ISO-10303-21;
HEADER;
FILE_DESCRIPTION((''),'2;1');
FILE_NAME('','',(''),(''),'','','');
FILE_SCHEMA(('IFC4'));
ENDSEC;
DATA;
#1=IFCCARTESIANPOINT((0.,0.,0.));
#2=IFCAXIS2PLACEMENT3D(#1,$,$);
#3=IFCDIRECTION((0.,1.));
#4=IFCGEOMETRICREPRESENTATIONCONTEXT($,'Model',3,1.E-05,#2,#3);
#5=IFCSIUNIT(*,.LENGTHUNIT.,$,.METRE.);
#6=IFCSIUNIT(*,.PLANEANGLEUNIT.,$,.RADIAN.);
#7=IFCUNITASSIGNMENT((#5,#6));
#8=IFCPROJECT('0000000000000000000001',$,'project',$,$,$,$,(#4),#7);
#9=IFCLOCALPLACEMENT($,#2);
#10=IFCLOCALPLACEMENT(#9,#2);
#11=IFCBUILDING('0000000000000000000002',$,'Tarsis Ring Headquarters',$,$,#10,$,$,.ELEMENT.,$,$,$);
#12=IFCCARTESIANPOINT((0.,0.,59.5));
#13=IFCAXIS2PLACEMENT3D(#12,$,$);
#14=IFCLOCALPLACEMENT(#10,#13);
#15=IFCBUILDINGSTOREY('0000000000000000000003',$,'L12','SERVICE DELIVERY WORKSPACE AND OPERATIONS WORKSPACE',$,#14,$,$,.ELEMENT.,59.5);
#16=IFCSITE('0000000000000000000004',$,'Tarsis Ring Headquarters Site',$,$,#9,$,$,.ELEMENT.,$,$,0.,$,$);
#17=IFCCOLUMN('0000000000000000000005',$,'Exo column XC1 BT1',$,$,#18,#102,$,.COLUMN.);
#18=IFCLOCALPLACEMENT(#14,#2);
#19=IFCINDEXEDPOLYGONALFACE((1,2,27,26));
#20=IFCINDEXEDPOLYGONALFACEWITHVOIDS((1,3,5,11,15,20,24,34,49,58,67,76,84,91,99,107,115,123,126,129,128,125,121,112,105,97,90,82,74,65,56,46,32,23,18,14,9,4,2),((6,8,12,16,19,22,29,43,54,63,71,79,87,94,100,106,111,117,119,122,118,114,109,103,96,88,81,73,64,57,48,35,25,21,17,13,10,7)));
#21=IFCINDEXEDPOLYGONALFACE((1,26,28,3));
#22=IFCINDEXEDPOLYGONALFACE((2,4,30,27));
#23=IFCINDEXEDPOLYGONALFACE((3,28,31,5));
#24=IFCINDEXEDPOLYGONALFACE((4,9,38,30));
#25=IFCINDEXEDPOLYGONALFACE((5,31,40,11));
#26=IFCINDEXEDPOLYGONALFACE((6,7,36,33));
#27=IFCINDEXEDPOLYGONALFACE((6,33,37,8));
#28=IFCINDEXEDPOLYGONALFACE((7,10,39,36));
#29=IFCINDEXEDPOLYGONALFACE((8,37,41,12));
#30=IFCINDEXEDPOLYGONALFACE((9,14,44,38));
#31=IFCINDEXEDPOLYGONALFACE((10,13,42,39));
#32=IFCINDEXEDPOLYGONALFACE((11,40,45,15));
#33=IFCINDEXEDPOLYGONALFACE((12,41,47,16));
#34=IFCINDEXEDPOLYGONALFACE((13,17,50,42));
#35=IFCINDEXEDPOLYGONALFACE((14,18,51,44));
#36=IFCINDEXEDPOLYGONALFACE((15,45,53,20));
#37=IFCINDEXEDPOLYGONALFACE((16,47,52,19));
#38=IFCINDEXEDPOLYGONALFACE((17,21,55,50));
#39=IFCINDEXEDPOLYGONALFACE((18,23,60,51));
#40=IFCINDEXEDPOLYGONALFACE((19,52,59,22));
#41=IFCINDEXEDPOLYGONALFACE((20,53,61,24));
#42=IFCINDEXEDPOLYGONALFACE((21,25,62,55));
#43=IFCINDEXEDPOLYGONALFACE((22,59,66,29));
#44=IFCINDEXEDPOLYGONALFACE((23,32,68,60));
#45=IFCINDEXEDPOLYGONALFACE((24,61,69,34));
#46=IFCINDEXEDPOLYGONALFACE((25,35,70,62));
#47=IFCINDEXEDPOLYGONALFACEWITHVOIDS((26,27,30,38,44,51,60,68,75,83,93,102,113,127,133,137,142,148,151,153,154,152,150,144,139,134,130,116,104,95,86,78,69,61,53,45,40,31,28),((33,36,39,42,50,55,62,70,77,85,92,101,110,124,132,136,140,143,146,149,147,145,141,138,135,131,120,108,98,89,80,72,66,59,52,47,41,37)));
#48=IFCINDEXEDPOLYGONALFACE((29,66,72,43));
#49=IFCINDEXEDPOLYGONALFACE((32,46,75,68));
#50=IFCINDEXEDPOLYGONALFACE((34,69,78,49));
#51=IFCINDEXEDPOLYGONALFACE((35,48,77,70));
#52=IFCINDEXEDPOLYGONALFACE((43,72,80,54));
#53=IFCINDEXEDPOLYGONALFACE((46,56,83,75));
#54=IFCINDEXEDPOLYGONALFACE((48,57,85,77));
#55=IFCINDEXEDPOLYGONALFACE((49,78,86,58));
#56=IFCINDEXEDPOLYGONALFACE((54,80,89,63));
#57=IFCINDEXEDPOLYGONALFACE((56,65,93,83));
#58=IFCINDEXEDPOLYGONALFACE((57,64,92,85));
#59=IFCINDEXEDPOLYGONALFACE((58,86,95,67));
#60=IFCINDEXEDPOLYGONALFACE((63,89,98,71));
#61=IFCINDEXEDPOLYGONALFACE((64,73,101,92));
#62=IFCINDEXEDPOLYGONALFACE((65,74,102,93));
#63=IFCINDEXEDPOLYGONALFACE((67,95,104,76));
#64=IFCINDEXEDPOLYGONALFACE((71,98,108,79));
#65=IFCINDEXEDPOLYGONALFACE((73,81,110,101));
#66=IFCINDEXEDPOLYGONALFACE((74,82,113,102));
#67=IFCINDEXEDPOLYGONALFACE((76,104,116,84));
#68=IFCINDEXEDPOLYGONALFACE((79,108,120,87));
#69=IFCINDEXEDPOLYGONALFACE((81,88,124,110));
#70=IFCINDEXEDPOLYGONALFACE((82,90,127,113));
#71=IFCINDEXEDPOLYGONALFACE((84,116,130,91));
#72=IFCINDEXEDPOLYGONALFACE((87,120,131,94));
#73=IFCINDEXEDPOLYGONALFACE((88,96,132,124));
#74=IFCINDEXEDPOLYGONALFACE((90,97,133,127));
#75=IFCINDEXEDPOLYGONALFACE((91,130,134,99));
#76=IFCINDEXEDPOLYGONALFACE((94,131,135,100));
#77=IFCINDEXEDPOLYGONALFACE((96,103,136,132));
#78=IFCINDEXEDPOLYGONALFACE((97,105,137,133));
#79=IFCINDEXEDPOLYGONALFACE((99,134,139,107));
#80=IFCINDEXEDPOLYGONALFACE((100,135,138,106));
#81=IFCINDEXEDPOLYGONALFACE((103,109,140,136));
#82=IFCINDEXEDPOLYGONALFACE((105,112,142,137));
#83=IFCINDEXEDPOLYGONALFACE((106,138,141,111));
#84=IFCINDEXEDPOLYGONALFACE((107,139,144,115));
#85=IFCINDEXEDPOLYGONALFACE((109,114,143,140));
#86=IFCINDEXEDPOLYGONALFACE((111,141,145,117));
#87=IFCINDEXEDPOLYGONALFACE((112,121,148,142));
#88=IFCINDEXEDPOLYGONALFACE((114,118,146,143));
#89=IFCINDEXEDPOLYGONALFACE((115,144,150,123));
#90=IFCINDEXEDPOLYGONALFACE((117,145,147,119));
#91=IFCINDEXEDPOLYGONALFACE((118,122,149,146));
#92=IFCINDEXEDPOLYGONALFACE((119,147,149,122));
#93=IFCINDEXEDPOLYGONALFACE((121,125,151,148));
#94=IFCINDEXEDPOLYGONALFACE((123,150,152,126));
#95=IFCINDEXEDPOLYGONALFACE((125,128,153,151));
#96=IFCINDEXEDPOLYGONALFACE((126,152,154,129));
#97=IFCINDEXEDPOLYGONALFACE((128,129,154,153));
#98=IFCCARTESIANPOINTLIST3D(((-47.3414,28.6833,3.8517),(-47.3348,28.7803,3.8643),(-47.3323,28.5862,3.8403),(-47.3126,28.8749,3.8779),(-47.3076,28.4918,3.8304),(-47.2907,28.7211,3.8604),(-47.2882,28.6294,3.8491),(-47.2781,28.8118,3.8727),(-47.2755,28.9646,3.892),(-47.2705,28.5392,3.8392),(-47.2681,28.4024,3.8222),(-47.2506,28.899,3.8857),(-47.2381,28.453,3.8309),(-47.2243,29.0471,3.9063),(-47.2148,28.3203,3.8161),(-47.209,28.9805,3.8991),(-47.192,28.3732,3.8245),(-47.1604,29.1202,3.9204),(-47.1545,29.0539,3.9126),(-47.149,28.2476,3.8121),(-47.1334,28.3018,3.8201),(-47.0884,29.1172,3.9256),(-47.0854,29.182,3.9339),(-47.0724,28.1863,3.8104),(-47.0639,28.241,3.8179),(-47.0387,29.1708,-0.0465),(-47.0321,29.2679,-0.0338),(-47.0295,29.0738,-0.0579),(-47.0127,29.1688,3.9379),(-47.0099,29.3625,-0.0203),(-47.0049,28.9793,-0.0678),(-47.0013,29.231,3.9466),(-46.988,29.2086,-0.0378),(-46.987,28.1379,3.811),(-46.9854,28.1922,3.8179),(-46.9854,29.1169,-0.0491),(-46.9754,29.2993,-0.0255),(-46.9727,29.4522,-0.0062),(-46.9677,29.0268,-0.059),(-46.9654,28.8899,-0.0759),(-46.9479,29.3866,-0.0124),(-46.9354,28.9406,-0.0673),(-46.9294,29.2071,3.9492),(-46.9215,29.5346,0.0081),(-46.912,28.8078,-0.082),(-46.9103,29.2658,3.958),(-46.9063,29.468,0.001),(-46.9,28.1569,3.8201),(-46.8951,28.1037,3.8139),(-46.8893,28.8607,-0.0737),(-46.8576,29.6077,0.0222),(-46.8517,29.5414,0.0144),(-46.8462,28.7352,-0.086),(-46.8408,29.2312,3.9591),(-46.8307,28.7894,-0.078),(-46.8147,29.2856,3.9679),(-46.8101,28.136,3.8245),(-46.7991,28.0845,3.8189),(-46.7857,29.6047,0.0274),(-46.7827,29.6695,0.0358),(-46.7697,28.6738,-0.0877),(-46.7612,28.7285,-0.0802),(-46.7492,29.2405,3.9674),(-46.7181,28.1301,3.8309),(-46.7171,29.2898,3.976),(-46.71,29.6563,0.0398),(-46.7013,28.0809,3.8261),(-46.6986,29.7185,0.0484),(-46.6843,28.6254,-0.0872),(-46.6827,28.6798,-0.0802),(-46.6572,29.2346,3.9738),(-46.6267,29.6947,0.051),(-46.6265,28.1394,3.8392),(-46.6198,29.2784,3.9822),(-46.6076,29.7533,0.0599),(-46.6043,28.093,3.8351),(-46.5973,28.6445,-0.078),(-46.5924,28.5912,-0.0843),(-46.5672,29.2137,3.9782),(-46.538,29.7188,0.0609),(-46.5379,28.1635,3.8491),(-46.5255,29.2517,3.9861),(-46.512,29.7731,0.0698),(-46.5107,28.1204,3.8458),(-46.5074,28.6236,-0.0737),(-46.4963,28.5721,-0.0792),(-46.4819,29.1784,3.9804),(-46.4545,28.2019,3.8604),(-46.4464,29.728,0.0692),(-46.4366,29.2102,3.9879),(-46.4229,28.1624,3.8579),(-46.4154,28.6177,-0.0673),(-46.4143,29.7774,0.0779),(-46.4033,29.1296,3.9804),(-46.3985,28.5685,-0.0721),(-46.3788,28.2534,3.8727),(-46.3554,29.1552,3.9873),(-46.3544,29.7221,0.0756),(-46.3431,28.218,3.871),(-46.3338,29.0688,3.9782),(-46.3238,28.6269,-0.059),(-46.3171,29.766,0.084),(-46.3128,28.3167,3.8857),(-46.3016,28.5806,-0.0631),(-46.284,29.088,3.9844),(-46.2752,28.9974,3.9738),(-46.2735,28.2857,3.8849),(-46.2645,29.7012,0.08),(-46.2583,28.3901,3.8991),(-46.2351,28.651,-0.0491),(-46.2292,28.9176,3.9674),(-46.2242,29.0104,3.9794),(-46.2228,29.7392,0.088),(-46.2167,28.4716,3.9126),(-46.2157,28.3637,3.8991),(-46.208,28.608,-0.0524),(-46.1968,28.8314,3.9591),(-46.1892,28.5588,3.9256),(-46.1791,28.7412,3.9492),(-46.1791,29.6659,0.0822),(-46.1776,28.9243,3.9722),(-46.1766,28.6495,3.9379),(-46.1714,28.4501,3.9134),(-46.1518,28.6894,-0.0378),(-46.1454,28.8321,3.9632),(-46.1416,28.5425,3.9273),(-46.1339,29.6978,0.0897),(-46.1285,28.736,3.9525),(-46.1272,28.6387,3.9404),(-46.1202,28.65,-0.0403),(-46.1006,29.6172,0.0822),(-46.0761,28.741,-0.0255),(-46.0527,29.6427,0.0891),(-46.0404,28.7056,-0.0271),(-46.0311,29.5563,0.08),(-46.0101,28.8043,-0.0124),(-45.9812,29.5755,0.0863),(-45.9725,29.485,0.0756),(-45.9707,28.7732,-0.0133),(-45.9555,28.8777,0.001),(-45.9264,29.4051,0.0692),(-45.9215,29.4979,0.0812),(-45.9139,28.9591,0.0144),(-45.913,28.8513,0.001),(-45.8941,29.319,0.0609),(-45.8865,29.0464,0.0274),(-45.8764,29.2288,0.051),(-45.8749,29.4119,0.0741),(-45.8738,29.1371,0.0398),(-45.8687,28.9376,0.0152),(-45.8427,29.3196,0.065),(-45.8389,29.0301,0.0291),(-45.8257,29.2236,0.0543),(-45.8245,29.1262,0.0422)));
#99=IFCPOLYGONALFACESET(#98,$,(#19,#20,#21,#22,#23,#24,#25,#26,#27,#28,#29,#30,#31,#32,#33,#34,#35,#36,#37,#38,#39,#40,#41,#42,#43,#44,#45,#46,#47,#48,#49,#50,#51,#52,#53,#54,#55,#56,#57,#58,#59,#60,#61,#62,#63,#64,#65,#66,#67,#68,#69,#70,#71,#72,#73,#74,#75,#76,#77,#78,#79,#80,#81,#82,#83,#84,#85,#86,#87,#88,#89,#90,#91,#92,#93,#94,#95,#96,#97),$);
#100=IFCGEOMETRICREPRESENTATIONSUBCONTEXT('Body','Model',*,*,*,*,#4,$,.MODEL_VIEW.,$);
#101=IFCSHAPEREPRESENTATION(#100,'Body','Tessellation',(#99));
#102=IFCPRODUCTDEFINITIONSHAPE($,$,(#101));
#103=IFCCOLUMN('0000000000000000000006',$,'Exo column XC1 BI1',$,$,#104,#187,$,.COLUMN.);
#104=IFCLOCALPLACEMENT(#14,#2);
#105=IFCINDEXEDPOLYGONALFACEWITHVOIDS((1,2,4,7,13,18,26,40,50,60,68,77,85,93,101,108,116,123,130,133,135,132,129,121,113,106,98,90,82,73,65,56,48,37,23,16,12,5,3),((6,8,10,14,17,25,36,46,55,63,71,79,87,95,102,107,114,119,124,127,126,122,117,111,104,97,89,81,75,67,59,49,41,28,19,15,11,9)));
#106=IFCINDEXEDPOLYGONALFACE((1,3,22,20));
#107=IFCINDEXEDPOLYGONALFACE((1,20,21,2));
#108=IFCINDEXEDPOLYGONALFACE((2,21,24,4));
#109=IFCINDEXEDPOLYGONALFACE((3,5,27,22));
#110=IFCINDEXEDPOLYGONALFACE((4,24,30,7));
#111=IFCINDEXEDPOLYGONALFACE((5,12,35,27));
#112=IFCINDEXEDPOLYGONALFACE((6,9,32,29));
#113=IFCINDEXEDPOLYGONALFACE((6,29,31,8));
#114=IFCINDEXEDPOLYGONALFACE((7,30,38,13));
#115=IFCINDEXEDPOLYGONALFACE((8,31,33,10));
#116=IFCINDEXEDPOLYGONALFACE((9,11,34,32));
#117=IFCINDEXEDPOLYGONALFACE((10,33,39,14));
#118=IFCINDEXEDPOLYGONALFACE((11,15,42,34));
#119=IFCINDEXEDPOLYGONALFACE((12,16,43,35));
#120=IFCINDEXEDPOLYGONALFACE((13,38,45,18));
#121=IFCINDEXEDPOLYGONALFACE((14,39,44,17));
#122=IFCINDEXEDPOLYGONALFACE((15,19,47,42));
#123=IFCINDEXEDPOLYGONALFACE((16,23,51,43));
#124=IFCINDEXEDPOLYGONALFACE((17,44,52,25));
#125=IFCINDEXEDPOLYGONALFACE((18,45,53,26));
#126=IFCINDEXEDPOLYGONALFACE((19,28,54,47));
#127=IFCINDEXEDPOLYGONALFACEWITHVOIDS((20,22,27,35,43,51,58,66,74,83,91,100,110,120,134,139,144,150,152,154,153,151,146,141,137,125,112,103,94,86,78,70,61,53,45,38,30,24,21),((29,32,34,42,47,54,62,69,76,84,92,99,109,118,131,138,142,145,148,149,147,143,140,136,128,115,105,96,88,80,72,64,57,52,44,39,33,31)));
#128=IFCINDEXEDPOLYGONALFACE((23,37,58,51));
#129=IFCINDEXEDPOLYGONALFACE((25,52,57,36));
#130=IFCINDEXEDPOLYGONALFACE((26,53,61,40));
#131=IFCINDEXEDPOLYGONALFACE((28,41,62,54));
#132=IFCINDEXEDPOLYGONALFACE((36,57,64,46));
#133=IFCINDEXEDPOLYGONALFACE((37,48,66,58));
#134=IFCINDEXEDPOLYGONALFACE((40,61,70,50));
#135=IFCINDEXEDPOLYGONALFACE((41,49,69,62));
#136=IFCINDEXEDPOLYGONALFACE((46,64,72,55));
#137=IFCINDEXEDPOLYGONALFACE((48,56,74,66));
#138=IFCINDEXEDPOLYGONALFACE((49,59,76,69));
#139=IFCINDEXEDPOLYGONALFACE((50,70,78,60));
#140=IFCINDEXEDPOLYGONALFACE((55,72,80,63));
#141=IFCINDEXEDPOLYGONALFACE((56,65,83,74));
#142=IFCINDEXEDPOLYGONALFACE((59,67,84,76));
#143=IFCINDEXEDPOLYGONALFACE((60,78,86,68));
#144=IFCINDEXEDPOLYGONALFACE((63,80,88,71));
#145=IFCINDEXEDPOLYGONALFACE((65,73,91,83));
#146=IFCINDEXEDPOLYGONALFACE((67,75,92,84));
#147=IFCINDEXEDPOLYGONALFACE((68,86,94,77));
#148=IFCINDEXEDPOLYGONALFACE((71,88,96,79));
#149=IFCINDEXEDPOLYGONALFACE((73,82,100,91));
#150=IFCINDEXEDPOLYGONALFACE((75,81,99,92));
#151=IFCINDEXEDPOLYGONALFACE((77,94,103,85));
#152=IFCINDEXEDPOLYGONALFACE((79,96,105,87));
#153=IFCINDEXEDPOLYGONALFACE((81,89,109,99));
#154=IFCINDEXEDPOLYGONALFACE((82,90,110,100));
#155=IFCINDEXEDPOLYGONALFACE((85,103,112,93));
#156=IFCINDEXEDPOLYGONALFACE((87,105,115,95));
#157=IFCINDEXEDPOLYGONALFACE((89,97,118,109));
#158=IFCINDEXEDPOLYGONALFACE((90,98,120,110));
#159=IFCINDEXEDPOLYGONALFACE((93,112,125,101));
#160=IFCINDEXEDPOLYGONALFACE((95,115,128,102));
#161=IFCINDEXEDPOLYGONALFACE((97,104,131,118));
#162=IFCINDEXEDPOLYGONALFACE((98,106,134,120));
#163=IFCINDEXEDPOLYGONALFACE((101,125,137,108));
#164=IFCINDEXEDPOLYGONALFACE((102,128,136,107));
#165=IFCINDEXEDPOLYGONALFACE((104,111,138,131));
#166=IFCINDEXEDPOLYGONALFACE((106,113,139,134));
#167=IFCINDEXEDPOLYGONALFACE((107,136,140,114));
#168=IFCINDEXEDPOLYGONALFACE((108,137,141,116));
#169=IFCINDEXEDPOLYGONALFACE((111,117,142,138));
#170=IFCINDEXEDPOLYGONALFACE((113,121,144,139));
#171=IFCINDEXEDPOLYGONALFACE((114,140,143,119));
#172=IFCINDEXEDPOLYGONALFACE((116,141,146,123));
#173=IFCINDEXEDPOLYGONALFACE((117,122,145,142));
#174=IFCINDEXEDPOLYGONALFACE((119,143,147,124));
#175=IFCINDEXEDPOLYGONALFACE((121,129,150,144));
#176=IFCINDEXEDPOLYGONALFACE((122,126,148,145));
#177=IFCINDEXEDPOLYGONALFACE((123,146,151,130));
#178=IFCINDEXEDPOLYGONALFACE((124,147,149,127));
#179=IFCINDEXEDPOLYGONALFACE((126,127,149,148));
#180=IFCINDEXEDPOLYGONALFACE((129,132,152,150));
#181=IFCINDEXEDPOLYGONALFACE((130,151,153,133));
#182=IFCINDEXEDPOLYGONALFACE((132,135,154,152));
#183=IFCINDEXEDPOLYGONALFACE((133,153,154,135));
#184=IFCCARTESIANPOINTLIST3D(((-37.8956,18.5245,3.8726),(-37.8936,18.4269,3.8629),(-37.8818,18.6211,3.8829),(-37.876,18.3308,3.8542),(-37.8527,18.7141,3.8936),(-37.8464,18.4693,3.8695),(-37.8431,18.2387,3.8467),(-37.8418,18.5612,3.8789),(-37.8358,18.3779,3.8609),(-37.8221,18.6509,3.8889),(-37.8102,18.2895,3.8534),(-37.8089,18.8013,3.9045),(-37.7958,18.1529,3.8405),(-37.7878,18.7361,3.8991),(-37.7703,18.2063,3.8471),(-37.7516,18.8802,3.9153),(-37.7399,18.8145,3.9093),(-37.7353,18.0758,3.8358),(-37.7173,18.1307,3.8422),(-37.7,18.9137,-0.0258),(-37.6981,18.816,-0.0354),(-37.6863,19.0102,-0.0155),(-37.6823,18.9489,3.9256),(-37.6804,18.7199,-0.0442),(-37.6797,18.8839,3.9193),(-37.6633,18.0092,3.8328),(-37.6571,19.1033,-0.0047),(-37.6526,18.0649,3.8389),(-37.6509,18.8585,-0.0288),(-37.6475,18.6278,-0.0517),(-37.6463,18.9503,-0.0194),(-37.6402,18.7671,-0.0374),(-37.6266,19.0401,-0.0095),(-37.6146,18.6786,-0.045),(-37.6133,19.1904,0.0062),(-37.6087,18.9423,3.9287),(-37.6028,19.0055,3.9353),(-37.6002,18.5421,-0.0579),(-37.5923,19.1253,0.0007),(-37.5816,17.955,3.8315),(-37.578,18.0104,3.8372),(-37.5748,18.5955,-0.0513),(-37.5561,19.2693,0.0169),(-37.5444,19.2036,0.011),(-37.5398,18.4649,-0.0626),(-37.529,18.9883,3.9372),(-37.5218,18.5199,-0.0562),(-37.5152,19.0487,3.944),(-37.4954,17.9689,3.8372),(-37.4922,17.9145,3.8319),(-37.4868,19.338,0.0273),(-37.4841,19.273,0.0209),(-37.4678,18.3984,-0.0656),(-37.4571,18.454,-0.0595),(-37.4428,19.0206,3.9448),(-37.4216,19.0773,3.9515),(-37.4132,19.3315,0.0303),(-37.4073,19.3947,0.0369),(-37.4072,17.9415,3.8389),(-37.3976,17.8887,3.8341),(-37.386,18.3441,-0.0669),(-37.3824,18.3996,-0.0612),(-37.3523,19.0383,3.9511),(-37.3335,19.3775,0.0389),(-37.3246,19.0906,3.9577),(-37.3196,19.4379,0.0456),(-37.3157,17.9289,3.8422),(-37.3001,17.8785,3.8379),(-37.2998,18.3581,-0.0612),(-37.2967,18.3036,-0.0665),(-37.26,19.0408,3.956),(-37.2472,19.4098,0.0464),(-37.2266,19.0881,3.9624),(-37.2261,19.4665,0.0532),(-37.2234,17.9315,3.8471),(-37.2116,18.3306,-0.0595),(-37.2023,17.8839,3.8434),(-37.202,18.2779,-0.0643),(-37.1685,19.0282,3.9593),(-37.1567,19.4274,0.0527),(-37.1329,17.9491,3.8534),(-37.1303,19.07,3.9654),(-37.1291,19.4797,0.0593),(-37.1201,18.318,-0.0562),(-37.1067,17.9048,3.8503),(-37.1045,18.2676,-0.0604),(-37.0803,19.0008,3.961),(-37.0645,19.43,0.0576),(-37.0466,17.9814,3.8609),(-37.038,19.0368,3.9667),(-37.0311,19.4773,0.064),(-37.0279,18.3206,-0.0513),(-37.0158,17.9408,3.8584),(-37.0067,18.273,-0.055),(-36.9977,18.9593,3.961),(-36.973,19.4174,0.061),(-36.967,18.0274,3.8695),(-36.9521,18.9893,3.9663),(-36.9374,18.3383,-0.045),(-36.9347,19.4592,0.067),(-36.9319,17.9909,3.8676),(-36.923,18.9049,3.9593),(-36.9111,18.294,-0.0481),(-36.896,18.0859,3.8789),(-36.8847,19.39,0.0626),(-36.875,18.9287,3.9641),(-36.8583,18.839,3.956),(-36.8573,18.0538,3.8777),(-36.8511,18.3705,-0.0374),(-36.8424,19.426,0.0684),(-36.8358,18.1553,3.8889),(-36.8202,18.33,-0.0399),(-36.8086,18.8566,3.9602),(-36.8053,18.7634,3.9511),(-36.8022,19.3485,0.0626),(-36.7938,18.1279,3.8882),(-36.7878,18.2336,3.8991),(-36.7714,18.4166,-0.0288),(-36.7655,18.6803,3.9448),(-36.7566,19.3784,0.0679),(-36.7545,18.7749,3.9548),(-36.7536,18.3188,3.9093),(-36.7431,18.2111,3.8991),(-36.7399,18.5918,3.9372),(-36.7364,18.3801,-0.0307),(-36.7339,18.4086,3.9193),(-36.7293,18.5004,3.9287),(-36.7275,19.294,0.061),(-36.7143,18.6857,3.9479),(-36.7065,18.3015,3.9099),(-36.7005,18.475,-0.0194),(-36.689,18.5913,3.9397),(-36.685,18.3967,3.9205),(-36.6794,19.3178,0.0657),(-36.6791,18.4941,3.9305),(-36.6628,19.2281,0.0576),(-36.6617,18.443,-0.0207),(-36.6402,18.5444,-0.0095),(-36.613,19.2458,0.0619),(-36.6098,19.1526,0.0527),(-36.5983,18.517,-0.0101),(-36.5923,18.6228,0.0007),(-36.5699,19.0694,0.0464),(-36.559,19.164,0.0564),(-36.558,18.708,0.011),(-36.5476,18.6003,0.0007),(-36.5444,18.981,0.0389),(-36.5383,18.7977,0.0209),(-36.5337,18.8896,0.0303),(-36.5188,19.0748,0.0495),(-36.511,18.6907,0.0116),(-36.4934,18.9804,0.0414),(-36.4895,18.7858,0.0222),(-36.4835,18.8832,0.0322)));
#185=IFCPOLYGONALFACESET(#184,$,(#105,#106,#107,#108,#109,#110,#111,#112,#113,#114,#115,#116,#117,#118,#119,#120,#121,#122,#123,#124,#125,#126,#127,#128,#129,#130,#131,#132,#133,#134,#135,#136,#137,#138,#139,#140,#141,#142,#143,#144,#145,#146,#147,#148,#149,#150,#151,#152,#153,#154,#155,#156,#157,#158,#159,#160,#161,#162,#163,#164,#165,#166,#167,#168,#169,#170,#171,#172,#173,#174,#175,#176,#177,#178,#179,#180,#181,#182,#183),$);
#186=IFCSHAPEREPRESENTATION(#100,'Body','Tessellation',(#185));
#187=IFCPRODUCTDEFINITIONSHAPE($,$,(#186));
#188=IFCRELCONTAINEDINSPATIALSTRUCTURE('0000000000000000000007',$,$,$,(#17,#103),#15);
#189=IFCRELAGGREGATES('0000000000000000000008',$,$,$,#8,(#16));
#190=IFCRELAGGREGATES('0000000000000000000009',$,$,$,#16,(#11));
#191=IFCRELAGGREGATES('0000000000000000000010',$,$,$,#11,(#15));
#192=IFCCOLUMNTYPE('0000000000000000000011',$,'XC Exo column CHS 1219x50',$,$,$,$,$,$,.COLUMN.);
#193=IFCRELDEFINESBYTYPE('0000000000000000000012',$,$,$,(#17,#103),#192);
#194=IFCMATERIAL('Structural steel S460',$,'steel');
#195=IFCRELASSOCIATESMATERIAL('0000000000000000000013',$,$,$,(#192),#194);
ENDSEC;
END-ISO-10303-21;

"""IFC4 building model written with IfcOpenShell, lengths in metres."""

from ifc_helpers import new_model, si_unit, direction, frame, origin, origin_2d, place, context, subcontext, project, spatial, hollow_circle, extrude, material, material_profile, profile_set, type_object, element, save


model = new_model("IFC4")

# Units and contexts
model_context = context("Model", 3, precision=1e-05, world=origin(), true_north=direction((0.0, 1.0)))
body_context = subcontext(model_context, "Body", "Model", "MODEL_VIEW")
ifc_project = project(units=[si_unit("LENGTHUNIT", "METRE"), si_unit("PLANEANGLEUNIT", "RADIAN")], contexts=[model_context])

# Site, building, storey
site_placement = place(None, origin())
site = spatial("IfcSite", under=ifc_project, at=site_placement, Name="Tarsis Ring Headquarters Site", CompositionType="ELEMENT", RefElevation=0.0)
building_placement = place(site_placement, origin())
building = spatial("IfcBuilding", under=site, at=building_placement, Name="Tarsis Ring Headquarters", CompositionType="ELEMENT")
storey_placement = place(building_placement, frame((0.0, 0.0, 59.5)))
storey = spatial("IfcBuildingStorey", under=building, at=storey_placement, Name="L12", Description="SERVICE DELIVERY WORKSPACE AND OPERATIONS WORKSPACE", CompositionType="ELEMENT", Elevation=59.5)

# Columns
ifc_material_1 = material(Name="Structural steel S460", Category="steel")
ifc_material_profile_1 = material_profile(ifc_material_1, hollow_circle(Radius=0.6096, WallThickness=0.05, at=origin_2d()), Name="CHS 1219x50")
ifc_profile_set_1 = profile_set([ifc_material_profile_1], Name="Structural steel S460")
column_type = type_object("IfcColumnType", Name="XC Exo column CHS 1219x50", PredefinedType="COLUMN", material=ifc_profile_set_1)
column_1_placement = place(storey_placement, frame((-46.4309, 29.1729, 0.001), z_axis=(-0.076832, -0.123737, 0.989336), x_axis=(0.849548, -0.527511, 0.0)))
element("IfcColumn", 1, at=column_1_placement, inside=storey, type_object=column_type, Name="Exo column XC1 BT1", PredefinedType="COLUMN", context=body_context, shape_type="SweptSolid", body=[
    extrude(hollow_circle(Radius=0.6096, WallThickness=0.05, at=origin_2d()), origin(), (0.0, 0.0, 1.0), 3.9402),
])
column_2_placement = place(storey_placement, frame((-37.0923, 18.874, 0.0007), z_axis=(-0.049853, -0.099207, 0.993817), x_axis=(0.893529, -0.449006, 0.0)))
element("IfcColumn", 2, at=column_2_placement, inside=storey, type_object=column_type, Name="Exo column XC1 BI1", PredefinedType="COLUMN", context=body_context, shape_type="SweptSolid", body=[
    extrude(hollow_circle(Radius=0.6096, WallThickness=0.05, at=origin_2d()), origin(), (0.0, 0.0, 1.0), 3.9226),
])

save(model, "model.ifc")
